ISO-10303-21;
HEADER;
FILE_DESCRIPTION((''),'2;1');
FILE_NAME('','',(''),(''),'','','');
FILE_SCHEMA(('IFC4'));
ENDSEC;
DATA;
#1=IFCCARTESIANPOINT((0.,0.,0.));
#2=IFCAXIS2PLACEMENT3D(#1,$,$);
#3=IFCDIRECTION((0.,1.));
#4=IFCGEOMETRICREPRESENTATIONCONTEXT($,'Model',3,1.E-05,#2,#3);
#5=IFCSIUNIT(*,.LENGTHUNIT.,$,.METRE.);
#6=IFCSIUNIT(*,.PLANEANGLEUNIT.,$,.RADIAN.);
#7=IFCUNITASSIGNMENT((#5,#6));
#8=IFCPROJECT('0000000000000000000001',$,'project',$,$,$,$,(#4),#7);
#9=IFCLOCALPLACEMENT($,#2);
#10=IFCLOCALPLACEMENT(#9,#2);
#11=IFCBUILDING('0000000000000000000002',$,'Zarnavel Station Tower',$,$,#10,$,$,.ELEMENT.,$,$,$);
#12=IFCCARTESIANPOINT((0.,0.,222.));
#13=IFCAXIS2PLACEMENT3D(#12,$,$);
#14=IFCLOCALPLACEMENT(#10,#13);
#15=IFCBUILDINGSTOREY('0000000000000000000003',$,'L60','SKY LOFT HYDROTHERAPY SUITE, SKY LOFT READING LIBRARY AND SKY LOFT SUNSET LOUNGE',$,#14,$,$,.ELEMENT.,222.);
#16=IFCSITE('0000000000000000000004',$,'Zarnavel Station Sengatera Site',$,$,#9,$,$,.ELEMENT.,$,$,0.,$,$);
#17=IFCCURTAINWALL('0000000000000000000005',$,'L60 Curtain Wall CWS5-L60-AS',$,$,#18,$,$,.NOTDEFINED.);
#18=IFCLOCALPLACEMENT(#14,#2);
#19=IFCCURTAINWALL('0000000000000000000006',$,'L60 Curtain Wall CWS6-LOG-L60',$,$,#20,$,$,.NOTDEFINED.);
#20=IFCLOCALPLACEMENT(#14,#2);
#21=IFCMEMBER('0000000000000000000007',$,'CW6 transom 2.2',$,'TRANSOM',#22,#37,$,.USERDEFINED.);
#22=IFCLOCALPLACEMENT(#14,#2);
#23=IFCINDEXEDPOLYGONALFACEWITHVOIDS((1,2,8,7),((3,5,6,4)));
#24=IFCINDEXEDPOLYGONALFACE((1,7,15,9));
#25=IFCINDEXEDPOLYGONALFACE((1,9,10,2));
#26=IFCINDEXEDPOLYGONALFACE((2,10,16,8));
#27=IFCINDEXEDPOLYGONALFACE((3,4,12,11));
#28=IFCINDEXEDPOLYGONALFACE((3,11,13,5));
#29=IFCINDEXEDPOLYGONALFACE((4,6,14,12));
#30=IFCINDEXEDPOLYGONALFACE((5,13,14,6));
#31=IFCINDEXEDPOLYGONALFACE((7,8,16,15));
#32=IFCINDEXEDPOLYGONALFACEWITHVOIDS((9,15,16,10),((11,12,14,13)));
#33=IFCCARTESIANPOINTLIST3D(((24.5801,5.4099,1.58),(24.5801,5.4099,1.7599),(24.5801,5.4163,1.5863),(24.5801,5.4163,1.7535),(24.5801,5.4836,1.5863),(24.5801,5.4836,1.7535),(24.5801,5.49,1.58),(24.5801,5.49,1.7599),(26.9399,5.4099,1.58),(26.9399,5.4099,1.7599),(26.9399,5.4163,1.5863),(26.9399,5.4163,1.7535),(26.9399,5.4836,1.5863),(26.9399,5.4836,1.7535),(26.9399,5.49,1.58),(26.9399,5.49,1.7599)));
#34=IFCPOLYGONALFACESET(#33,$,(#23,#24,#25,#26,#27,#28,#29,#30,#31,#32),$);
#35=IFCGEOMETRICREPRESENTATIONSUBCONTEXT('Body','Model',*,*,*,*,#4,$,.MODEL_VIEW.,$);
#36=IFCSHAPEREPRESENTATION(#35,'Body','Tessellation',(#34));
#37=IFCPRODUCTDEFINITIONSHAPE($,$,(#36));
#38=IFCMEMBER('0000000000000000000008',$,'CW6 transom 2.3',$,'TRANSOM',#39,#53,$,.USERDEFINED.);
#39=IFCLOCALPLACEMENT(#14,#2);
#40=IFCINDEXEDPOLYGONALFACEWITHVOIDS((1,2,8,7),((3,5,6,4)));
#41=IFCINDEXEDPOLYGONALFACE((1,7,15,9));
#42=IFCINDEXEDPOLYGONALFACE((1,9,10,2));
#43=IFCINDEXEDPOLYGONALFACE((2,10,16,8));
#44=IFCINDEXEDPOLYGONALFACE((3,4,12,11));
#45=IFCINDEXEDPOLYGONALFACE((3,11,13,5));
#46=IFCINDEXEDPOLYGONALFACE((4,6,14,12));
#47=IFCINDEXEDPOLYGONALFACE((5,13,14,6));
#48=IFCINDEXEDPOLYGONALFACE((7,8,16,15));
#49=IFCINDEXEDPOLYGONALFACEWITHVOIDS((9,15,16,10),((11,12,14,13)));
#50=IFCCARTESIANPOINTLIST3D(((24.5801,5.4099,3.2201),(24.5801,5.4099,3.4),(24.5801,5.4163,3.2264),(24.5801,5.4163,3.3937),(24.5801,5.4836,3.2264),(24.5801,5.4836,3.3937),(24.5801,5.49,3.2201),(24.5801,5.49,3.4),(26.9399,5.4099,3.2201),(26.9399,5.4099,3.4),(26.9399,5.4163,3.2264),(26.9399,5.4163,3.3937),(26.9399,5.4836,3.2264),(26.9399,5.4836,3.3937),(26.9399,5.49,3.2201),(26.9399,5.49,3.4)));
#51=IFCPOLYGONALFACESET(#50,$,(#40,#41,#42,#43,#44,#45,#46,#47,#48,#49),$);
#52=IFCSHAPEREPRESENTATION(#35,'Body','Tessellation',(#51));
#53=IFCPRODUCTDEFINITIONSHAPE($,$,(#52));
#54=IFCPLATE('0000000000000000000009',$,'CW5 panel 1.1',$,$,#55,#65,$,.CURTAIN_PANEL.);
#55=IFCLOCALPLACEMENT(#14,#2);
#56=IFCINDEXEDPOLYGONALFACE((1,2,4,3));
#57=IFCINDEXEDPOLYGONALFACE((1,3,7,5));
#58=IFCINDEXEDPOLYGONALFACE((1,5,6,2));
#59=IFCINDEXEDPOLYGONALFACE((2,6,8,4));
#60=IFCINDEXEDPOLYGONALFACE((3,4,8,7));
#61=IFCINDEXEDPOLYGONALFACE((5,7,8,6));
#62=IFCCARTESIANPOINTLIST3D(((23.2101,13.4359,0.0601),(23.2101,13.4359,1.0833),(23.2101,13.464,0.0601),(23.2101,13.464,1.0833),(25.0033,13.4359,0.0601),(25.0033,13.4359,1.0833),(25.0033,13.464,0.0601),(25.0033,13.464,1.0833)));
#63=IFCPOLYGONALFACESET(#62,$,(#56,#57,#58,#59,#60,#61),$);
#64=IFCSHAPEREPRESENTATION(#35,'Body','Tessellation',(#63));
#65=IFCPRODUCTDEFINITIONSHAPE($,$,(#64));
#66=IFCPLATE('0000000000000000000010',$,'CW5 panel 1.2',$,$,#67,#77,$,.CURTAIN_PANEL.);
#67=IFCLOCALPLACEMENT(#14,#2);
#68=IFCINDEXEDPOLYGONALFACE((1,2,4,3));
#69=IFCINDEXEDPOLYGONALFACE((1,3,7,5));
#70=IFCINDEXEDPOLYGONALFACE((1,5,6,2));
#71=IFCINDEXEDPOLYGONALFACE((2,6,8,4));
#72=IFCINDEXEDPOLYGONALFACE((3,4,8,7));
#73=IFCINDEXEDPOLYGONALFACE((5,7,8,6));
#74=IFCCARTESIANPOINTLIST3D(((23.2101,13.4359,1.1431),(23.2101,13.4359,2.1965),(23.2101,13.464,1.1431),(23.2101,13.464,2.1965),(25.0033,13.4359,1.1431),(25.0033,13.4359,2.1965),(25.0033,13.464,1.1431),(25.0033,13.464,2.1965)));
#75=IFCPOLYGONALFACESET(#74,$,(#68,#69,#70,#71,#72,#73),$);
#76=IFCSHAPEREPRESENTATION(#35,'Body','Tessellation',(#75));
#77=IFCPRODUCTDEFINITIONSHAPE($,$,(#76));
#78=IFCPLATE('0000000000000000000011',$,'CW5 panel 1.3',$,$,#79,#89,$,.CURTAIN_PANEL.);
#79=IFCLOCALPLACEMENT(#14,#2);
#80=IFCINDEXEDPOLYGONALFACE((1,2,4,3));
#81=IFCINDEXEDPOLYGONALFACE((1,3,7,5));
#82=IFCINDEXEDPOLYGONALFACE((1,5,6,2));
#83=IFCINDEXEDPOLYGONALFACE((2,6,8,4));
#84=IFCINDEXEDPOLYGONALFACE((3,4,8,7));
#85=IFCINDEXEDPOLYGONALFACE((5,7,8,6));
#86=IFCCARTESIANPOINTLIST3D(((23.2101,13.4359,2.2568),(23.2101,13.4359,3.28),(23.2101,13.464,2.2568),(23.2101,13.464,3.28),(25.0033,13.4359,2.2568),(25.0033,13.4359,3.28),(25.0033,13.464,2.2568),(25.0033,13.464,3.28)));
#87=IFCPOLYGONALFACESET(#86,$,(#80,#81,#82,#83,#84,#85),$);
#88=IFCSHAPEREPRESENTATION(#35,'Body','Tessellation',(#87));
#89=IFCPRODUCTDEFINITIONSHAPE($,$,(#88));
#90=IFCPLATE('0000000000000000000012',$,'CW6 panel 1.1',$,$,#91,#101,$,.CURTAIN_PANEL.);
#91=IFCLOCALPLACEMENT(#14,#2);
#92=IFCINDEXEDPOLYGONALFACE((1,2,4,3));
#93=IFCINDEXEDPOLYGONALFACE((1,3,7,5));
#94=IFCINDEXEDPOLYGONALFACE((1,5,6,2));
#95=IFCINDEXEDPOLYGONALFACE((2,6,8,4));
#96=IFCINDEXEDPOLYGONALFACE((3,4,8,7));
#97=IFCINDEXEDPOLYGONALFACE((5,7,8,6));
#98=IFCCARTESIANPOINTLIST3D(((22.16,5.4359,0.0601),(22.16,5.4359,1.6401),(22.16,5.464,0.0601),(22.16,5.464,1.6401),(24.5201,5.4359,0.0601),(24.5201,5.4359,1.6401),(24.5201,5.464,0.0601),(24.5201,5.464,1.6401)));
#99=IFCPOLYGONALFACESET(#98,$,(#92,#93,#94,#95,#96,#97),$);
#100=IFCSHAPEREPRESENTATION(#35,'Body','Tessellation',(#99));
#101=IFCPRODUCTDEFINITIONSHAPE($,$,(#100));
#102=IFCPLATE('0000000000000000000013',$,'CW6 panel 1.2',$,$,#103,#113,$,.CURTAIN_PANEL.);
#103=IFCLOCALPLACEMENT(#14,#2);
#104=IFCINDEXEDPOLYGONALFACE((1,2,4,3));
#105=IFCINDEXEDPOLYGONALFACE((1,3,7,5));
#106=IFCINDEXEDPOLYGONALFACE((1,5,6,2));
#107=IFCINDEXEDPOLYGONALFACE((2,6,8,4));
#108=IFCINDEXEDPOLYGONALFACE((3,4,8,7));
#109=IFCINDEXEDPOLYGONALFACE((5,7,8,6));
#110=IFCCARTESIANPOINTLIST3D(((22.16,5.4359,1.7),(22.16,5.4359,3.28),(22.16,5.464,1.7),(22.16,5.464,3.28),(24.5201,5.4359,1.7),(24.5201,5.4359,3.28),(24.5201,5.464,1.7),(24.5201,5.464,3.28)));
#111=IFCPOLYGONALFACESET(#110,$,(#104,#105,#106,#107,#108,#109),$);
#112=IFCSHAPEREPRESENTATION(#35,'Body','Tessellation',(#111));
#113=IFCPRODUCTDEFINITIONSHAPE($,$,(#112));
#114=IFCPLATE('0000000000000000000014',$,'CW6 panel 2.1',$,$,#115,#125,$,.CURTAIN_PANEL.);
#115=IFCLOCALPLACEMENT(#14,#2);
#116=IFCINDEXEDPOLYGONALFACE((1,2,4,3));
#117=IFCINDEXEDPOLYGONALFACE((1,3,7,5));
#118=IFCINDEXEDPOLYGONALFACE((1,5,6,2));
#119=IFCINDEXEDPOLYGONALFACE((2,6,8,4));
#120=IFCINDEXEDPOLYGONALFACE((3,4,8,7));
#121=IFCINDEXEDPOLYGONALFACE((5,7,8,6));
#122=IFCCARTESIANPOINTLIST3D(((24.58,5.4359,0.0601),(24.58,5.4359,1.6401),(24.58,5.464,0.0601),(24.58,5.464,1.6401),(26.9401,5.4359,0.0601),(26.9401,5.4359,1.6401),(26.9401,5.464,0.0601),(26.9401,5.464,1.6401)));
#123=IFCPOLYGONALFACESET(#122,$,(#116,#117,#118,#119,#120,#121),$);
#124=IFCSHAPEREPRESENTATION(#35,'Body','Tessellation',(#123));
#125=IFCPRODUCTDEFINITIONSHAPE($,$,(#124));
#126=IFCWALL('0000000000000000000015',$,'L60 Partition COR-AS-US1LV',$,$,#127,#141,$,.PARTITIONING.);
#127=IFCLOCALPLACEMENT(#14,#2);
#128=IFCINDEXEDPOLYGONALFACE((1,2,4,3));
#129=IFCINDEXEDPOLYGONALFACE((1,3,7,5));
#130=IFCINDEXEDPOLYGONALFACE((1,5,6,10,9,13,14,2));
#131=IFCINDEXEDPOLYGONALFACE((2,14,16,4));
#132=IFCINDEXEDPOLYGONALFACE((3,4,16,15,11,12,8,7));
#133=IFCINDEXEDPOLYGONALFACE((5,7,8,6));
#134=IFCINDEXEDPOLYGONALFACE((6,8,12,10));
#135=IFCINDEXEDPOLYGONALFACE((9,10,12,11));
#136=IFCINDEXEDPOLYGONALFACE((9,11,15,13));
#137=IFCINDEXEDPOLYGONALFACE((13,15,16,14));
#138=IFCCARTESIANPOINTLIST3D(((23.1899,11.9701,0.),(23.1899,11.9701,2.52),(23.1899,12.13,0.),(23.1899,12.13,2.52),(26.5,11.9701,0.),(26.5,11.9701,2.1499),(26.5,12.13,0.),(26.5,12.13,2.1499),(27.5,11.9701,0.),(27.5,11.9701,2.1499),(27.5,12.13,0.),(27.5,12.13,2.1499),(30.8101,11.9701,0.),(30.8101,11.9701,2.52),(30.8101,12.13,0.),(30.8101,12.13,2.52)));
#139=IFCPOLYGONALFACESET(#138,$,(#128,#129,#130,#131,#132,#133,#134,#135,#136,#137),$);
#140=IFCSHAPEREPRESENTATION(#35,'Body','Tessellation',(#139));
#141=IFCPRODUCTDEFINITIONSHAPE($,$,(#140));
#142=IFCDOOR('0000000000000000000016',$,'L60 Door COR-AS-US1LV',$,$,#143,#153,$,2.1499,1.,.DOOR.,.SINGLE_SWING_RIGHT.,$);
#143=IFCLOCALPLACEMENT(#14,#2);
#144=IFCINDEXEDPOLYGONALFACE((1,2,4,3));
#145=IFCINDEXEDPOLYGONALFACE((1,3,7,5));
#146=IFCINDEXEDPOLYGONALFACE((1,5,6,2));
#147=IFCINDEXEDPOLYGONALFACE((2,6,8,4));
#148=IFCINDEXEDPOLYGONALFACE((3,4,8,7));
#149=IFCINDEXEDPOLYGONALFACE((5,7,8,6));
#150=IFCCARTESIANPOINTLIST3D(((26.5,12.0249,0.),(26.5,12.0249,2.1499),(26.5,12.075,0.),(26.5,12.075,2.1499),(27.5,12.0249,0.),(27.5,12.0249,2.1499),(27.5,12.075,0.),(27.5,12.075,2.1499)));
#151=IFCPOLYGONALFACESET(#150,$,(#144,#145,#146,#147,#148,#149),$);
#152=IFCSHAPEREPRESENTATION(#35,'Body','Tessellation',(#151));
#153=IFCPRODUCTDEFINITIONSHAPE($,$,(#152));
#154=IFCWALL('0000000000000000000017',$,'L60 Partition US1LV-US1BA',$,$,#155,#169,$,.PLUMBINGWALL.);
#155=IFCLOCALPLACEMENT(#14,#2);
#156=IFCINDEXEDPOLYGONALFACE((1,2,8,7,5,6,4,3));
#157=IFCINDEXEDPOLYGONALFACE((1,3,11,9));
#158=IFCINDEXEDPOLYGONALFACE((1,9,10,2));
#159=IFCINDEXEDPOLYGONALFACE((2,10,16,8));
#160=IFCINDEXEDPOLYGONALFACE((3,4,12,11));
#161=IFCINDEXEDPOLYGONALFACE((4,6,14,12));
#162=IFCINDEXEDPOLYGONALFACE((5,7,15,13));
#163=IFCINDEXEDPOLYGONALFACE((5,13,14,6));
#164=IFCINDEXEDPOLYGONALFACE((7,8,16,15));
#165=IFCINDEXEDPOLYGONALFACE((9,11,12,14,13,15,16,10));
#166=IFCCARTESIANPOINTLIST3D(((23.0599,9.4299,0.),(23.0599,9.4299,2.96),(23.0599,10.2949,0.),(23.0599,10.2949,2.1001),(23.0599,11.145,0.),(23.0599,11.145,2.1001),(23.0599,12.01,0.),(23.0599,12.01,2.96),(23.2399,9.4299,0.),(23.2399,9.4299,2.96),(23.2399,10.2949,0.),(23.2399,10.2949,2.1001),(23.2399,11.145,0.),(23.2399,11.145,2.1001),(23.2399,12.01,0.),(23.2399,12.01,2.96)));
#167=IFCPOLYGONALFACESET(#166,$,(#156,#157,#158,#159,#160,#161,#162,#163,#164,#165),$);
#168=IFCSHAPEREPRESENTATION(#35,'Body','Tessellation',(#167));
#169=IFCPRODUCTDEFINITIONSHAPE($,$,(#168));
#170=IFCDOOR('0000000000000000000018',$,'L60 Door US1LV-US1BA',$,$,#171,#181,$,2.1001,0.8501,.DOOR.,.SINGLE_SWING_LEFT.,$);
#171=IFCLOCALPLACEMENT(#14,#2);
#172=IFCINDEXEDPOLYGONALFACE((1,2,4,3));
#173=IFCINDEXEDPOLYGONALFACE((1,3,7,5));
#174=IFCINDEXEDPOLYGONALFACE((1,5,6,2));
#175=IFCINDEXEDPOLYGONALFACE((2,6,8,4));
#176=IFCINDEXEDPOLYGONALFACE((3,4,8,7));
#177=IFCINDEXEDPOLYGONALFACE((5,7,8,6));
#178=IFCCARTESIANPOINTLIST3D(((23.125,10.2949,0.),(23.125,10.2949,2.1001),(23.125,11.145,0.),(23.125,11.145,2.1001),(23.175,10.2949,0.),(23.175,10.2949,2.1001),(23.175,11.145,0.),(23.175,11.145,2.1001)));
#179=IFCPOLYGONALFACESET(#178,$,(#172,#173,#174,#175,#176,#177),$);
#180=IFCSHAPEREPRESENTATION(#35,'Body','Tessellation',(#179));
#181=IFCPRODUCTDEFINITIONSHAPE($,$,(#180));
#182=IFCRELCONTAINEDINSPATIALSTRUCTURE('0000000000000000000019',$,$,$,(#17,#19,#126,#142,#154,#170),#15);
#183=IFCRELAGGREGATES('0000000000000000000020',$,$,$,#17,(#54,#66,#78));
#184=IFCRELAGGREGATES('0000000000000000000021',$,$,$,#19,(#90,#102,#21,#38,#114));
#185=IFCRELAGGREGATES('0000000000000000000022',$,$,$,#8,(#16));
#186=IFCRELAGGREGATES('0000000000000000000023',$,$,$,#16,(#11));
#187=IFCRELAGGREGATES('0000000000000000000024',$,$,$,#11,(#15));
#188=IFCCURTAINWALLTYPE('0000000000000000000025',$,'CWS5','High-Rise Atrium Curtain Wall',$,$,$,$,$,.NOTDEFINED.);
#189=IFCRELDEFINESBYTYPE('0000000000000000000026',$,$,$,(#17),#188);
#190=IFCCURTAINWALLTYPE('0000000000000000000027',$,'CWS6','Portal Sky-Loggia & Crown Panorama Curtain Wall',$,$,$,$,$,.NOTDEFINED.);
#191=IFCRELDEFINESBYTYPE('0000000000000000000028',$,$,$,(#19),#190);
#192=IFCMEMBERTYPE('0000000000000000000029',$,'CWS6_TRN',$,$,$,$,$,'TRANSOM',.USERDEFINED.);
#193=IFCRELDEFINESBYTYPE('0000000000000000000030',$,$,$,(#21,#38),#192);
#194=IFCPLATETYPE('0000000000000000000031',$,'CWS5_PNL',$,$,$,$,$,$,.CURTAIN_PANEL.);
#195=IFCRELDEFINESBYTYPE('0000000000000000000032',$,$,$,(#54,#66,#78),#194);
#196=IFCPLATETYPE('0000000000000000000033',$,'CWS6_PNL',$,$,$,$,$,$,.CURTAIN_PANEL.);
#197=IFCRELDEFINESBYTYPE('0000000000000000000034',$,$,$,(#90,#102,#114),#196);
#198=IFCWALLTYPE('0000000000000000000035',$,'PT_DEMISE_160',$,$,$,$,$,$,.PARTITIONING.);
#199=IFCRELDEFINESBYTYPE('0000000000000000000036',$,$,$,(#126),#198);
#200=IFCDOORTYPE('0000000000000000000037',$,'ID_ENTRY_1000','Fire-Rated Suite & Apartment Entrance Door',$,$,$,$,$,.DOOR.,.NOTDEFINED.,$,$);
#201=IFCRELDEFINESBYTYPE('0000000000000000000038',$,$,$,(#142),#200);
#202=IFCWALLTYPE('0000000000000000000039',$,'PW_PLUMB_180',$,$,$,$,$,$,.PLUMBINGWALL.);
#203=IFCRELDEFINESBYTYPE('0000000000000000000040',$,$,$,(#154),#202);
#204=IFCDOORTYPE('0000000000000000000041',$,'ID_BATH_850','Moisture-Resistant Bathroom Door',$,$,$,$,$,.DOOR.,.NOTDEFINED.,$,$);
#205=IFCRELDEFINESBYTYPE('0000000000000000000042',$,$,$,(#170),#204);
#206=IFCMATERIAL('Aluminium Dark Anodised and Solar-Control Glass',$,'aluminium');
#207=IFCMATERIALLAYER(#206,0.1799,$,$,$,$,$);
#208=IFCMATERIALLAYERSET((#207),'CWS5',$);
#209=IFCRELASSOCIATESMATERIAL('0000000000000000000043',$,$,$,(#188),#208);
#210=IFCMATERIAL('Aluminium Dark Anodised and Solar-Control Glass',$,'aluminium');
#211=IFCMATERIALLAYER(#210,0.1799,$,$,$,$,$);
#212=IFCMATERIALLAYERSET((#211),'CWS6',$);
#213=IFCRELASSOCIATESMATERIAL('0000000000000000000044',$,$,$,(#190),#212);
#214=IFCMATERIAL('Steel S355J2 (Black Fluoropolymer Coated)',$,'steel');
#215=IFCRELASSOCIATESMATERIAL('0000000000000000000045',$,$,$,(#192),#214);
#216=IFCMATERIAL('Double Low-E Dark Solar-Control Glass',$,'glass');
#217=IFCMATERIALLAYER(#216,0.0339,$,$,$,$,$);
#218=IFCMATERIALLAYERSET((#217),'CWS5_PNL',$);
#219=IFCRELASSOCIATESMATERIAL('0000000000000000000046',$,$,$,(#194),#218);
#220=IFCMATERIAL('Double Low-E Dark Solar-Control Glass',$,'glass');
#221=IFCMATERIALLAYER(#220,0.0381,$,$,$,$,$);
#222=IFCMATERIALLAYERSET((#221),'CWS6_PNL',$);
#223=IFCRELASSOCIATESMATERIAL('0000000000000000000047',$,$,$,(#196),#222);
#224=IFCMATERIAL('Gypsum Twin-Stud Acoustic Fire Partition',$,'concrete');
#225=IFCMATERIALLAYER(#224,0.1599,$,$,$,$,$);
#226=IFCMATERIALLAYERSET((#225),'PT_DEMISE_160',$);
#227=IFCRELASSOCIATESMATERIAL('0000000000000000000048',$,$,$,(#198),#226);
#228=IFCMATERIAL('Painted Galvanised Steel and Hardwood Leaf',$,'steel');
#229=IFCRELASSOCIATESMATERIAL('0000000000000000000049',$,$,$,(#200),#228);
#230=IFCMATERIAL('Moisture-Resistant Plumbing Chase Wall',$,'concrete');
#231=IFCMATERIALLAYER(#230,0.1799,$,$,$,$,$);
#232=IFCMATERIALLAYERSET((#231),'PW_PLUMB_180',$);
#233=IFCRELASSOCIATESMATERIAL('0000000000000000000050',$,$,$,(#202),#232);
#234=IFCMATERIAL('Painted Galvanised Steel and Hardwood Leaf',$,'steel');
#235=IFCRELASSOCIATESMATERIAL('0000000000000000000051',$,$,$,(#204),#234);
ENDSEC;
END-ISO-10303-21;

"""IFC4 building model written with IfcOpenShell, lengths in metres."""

from ifc_helpers import new_model, si_unit, direction, frame, frame_2d, origin, origin_2d, place, context, subcontext, project, spatial, rectangle, hollow_rectangle, extrude, material, layer, layer_set, material_profile, profile_set, type_object, element, fill, aggregate, save


model = new_model("IFC4")

# Units and contexts
model_context = context("Model", 3, precision=1e-05, world=origin(), true_north=direction((0.0, 1.0)))
body_context = subcontext(model_context, "Body", "Model", "MODEL_VIEW")
ifc_project = project(units=[si_unit("LENGTHUNIT", "METRE"), si_unit("PLANEANGLEUNIT", "RADIAN")], contexts=[model_context])

# Site, building, storey
site_placement = place(None, origin())
site = spatial("IfcSite", under=ifc_project, at=site_placement, Name="Zarnavel Station Sengatera Site", CompositionType="ELEMENT", RefElevation=0.0)
building_placement = place(site_placement, origin())
building = spatial("IfcBuilding", under=site, at=building_placement, Name="Zarnavel Station Tower", CompositionType="ELEMENT")
storey_placement = place(building_placement, frame((0.0, 0.0, 222.0)))
storey = spatial("IfcBuildingStorey", under=building, at=storey_placement, Name="L60", Description="SKY LOFT HYDROTHERAPY SUITE, SKY LOFT READING LIBRARY AND SKY LOFT SUNSET LOUNGE", CompositionType="ELEMENT", Elevation=222.0)

# Curtain walls, members
ifc_material_1 = material(Name="Aluminium Dark Anodised and Solar-Control Glass", Category="aluminium")
ifc_layer_1 = layer(ifc_material_1, 0.1799)
ifc_layer_set_1 = layer_set([ifc_layer_1], Name="CWS5")
curtain_wall_type_1 = type_object("IfcCurtainWallType", Name="CWS5", Description="High-Rise Atrium Curtain Wall", PredefinedType="NOTDEFINED", material=ifc_layer_set_1)
curtain_wall_1_placement = place(storey_placement, origin())
curtain_wall_1 = element("IfcCurtainWall", 1, at=curtain_wall_1_placement, inside=storey, type_object=curtain_wall_type_1, Name="L60 Curtain Wall CWS5-L60-AS", PredefinedType="NOTDEFINED")
ifc_material_2 = material(Name="Aluminium Dark Anodised and Solar-Control Glass", Category="aluminium")
ifc_layer_2 = layer(ifc_material_2, 0.1799)
ifc_layer_set_2 = layer_set([ifc_layer_2], Name="CWS6")
curtain_wall_type_2 = type_object("IfcCurtainWallType", Name="CWS6", Description="Portal Sky-Loggia & Crown Panorama Curtain Wall", PredefinedType="NOTDEFINED", material=ifc_layer_set_2)
curtain_wall_2_placement = place(storey_placement, origin())
curtain_wall_2 = element("IfcCurtainWall", 2, at=curtain_wall_2_placement, inside=storey, type_object=curtain_wall_type_2, Name="L60 Curtain Wall CWS6-LOG-L60", PredefinedType="NOTDEFINED")
ifc_material_3 = material(Name="Steel S355J2 (Black Fluoropolymer Coated)", Category="steel")
ifc_material_profile_1 = material_profile(ifc_material_3, hollow_rectangle(XDim=0.0801, YDim=0.1799, WallThickness=0.0063, at=origin_2d()), Name="RHS180x80x6.3")
ifc_profile_set_1 = profile_set([ifc_material_profile_1], Name="Steel S355J2 (Black Fluoropolymer Coated)")
member_type_1 = type_object("IfcMemberType", Name="CWS6_TRN", ElementType="TRANSOM", PredefinedType="USERDEFINED", material=ifc_profile_set_1)
member_1_placement = place(storey_placement, frame((24.5801, 5.45, 1.6699), z_axis=(1.0, 0.0, 0.0), x_axis=(0.0, 1.0, 0.0)))
member_1 = element("IfcMember", 3, at=member_1_placement, type_object=member_type_1, Name="CW6 transom 2.2", ObjectType="TRANSOM", PredefinedType="USERDEFINED", context=body_context, shape_type="SweptSolid", body=[
    extrude(hollow_rectangle(XDim=0.0801, YDim=0.1799, WallThickness=0.0063, at=origin_2d()), origin(), (0.0, 0.0, 1.0), 2.3599),
])
member_2_placement = place(storey_placement, frame((24.5801, 5.45, 3.3101), z_axis=(1.0, 0.0, 0.0), x_axis=(0.0, 1.0, 0.0)))
member_2 = element("IfcMember", 4, at=member_2_placement, type_object=member_type_1, Name="CW6 transom 2.3", ObjectType="TRANSOM", PredefinedType="USERDEFINED", context=body_context, shape_type="SweptSolid", body=[
    extrude(hollow_rectangle(XDim=0.0801, YDim=0.1799, WallThickness=0.0063, at=origin_2d()), origin(), (0.0, 0.0, 1.0), 2.3599),
])

# Plates
ifc_material_4 = material(Name="Double Low-E Dark Solar-Control Glass", Category="glass")
ifc_layer_3 = layer(ifc_material_4, 0.0339)
ifc_layer_set_3 = layer_set([ifc_layer_3], Name="CWS5_PNL")
plate_type_1 = type_object("IfcPlateType", Name="CWS5_PNL", PredefinedType="CURTAIN_PANEL", material=ifc_layer_set_3)
plate_1_placement = place(storey_placement, frame((24.1067, 13.45, 0.0601), z_axis=(0.0, 0.0, 1.0), x_axis=(1.0, 0.0, 0.0)))
plate_1 = element("IfcPlate", 5, at=plate_1_placement, type_object=plate_type_1, Name="CW5 panel 1.1", PredefinedType="CURTAIN_PANEL", context=body_context, shape_type="SweptSolid", body=[
    extrude(rectangle(XDim=1.7932, YDim=0.0281, at=origin_2d()), origin(), (0.0, 0.0, 1.0), 1.0232),
])
plate_2_placement = place(storey_placement, frame((24.1067, 13.45, 1.1431), z_axis=(0.0, 0.0, 1.0), x_axis=(1.0, 0.0, 0.0)))
plate_2 = element("IfcPlate", 6, at=plate_2_placement, type_object=plate_type_1, Name="CW5 panel 1.2", PredefinedType="CURTAIN_PANEL", context=body_context, shape_type="SweptSolid", body=[
    extrude(rectangle(XDim=1.7932, YDim=0.0281, at=origin_2d()), origin(), (0.0, 0.0, 1.0), 1.0535),
])
plate_3_placement = place(storey_placement, frame((24.1067, 13.45, 2.2568), z_axis=(0.0, 0.0, 1.0), x_axis=(1.0, 0.0, 0.0)))
plate_3 = element("IfcPlate", 7, at=plate_3_placement, type_object=plate_type_1, Name="CW5 panel 1.3", PredefinedType="CURTAIN_PANEL", context=body_context, shape_type="SweptSolid", body=[
    extrude(rectangle(XDim=1.7932, YDim=0.0281, at=origin_2d()), origin(), (0.0, 0.0, 1.0), 1.0232),
])
aggregate(curtain_wall_1, [plate_1, plate_2, plate_3])
ifc_material_5 = material(Name="Double Low-E Dark Solar-Control Glass", Category="glass")
ifc_layer_4 = layer(ifc_material_5, 0.0381)
ifc_layer_set_4 = layer_set([ifc_layer_4], Name="CWS6_PNL")
plate_type_2 = type_object("IfcPlateType", Name="CWS6_PNL", PredefinedType="CURTAIN_PANEL", material=ifc_layer_set_4)
plate_4_placement = place(storey_placement, frame((23.3401, 5.45, 0.0601), z_axis=(0.0, 0.0, 1.0), x_axis=(1.0, 0.0, 0.0)))
plate_4 = element("IfcPlate", 8, at=plate_4_placement, type_object=plate_type_2, Name="CW6 panel 1.1", PredefinedType="CURTAIN_PANEL", context=body_context, shape_type="SweptSolid", body=[
    extrude(rectangle(XDim=2.3601, YDim=0.0281, at=origin_2d()), origin(), (0.0, 0.0, 1.0), 1.5801),
])
plate_5_placement = place(storey_placement, frame((23.3401, 5.45, 1.7), z_axis=(0.0, 0.0, 1.0), x_axis=(1.0, 0.0, 0.0)))
plate_5 = element("IfcPlate", 9, at=plate_5_placement, type_object=plate_type_2, Name="CW6 panel 1.2", PredefinedType="CURTAIN_PANEL", context=body_context, shape_type="SweptSolid", body=[
    extrude(rectangle(XDim=2.3601, YDim=0.0281, at=origin_2d()), origin(), (0.0, 0.0, 1.0), 1.5801),
])
plate_6_placement = place(storey_placement, frame((25.76, 5.45, 0.0601), z_axis=(0.0, 0.0, 1.0), x_axis=(1.0, 0.0, 0.0)))
plate_6 = element("IfcPlate", 10, at=plate_6_placement, type_object=plate_type_2, Name="CW6 panel 2.1", PredefinedType="CURTAIN_PANEL", context=body_context, shape_type="SweptSolid", body=[
    extrude(rectangle(XDim=2.3601, YDim=0.0281, at=origin_2d()), origin(), (0.0, 0.0, 1.0), 1.5801),
])
aggregate(curtain_wall_2, [plate_4, plate_5, member_1, member_2, plate_6])

# Walls, openings, doors
ifc_material_6 = material(Name="Gypsum Twin-Stud Acoustic Fire Partition", Category="concrete")
ifc_layer_5 = layer(ifc_material_6, 0.1599)
ifc_layer_set_5 = layer_set([ifc_layer_5], Name="PT_DEMISE_160")
wall_type_1 = type_object("IfcWallType", Name="PT_DEMISE_160", PredefinedType="PARTITIONING", material=ifc_layer_set_5)
wall_1_placement = place(storey_placement, frame((23.1899, 12.05, 0.0), z_axis=(0.0, 0.0, 1.0), x_axis=(1.0, 0.0, 0.0)))
wall_1 = element("IfcWall", 11, at=wall_1_placement, inside=storey, type_object=wall_type_1, Name="L60 Partition COR-AS-US1LV", PredefinedType="PARTITIONING", context=body_context, shape_type="SweptSolid", body=[
    extrude(rectangle(XDim=7.6201, YDim=0.1599, at=frame_2d((3.8101, 0.0))), origin(), (0.0, 0.0, 1.0), 2.52),
])
opening_1_placement = place(wall_1_placement, frame((3.3101, 0.0, 0.0)))
opening_1 = element("IfcOpeningElement", 12, at=opening_1_placement, cuts=wall_1, PredefinedType="OPENING", context=body_context, shape_type="SweptSolid", body=[
    extrude(rectangle(XDim=1.0, YDim=2.1499, at=frame_2d((0.5, 1.075))), frame((0.0, 0.0898, 0.0), z_axis=(0.0, -1.0, 0.0), x_axis=(1.0, 0.0, 0.0)), (0.0, 0.0, 1.0), 0.1799),
])
ifc_material_7 = material(Name="Painted Galvanised Steel and Hardwood Leaf", Category="steel")
door_type_1 = type_object("IfcDoorType", Name="ID_ENTRY_1000", Description="Fire-Rated Suite & Apartment Entrance Door", OperationType="NOTDEFINED", PredefinedType="DOOR", material=ifc_material_7)
door_1_placement = place(opening_1_placement, origin())
door_1 = element("IfcDoor", 13, at=door_1_placement, inside=storey, type_object=door_type_1, Name="L60 Door COR-AS-US1LV", OperationType="SINGLE_SWING_RIGHT", OverallHeight=2.1499, OverallWidth=1.0, PredefinedType="DOOR", context=body_context, shape_type="SweptSolid", body=[
    extrude(rectangle(XDim=1.0, YDim=2.1499, at=frame_2d((0.5, 1.075))), frame((0.0, 0.0249, 0.0), z_axis=(0.0, -1.0, 0.0), x_axis=(1.0, 0.0, 0.0)), (0.0, 0.0, 1.0), 0.05),
])
fill(opening_1, door_1)
ifc_material_8 = material(Name="Moisture-Resistant Plumbing Chase Wall", Category="concrete")
ifc_layer_6 = layer(ifc_material_8, 0.1799)
ifc_layer_set_6 = layer_set([ifc_layer_6], Name="PW_PLUMB_180")
wall_type_2 = type_object("IfcWallType", Name="PW_PLUMB_180", PredefinedType="PLUMBINGWALL", material=ifc_layer_set_6)
wall_2_placement = place(storey_placement, frame((23.1499, 9.4299, 0.0), z_axis=(0.0, 0.0, 1.0), x_axis=(0.0, 1.0, 0.0)))
wall_2 = element("IfcWall", 14, at=wall_2_placement, inside=storey, type_object=wall_type_2, Name="L60 Partition US1LV-US1BA", PredefinedType="PLUMBINGWALL", context=body_context, shape_type="SweptSolid", body=[
    extrude(rectangle(XDim=2.5801, YDim=0.1799, at=frame_2d((1.29, 0.0))), origin(), (0.0, 0.0, 1.0), 2.96),
])
opening_2_placement = place(wall_2_placement, frame((0.865, 0.0, 0.0)))
opening_2 = element("IfcOpeningElement", 15, at=opening_2_placement, cuts=wall_2, PredefinedType="OPENING", context=body_context, shape_type="SweptSolid", body=[
    extrude(rectangle(XDim=0.8501, YDim=2.1001, at=frame_2d((0.425, 1.05))), frame((0.0, 0.0999, 0.0), z_axis=(0.0, -1.0, 0.0), x_axis=(1.0, 0.0, 0.0)), (0.0, 0.0, 1.0), 0.2),
])
ifc_material_9 = material(Name="Painted Galvanised Steel and Hardwood Leaf", Category="steel")
door_type_2 = type_object("IfcDoorType", Name="ID_BATH_850", Description="Moisture-Resistant Bathroom Door", OperationType="NOTDEFINED", PredefinedType="DOOR", material=ifc_material_9)
door_2_placement = place(opening_2_placement, origin())
door_2 = element("IfcDoor", 16, at=door_2_placement, inside=storey, type_object=door_type_2, Name="L60 Door US1LV-US1BA", OperationType="SINGLE_SWING_LEFT", OverallHeight=2.1001, OverallWidth=0.8501, PredefinedType="DOOR", context=body_context, shape_type="SweptSolid", body=[
    extrude(rectangle(XDim=0.8501, YDim=2.1001, at=frame_2d((0.425, 1.05))), frame((0.0, 0.0249, 0.0), z_axis=(0.0, -1.0, 0.0), x_axis=(1.0, 0.0, 0.0)), (0.0, 0.0, 1.0), 0.05),
])
fill(opening_2, door_2)

save(model, "model.ifc")
